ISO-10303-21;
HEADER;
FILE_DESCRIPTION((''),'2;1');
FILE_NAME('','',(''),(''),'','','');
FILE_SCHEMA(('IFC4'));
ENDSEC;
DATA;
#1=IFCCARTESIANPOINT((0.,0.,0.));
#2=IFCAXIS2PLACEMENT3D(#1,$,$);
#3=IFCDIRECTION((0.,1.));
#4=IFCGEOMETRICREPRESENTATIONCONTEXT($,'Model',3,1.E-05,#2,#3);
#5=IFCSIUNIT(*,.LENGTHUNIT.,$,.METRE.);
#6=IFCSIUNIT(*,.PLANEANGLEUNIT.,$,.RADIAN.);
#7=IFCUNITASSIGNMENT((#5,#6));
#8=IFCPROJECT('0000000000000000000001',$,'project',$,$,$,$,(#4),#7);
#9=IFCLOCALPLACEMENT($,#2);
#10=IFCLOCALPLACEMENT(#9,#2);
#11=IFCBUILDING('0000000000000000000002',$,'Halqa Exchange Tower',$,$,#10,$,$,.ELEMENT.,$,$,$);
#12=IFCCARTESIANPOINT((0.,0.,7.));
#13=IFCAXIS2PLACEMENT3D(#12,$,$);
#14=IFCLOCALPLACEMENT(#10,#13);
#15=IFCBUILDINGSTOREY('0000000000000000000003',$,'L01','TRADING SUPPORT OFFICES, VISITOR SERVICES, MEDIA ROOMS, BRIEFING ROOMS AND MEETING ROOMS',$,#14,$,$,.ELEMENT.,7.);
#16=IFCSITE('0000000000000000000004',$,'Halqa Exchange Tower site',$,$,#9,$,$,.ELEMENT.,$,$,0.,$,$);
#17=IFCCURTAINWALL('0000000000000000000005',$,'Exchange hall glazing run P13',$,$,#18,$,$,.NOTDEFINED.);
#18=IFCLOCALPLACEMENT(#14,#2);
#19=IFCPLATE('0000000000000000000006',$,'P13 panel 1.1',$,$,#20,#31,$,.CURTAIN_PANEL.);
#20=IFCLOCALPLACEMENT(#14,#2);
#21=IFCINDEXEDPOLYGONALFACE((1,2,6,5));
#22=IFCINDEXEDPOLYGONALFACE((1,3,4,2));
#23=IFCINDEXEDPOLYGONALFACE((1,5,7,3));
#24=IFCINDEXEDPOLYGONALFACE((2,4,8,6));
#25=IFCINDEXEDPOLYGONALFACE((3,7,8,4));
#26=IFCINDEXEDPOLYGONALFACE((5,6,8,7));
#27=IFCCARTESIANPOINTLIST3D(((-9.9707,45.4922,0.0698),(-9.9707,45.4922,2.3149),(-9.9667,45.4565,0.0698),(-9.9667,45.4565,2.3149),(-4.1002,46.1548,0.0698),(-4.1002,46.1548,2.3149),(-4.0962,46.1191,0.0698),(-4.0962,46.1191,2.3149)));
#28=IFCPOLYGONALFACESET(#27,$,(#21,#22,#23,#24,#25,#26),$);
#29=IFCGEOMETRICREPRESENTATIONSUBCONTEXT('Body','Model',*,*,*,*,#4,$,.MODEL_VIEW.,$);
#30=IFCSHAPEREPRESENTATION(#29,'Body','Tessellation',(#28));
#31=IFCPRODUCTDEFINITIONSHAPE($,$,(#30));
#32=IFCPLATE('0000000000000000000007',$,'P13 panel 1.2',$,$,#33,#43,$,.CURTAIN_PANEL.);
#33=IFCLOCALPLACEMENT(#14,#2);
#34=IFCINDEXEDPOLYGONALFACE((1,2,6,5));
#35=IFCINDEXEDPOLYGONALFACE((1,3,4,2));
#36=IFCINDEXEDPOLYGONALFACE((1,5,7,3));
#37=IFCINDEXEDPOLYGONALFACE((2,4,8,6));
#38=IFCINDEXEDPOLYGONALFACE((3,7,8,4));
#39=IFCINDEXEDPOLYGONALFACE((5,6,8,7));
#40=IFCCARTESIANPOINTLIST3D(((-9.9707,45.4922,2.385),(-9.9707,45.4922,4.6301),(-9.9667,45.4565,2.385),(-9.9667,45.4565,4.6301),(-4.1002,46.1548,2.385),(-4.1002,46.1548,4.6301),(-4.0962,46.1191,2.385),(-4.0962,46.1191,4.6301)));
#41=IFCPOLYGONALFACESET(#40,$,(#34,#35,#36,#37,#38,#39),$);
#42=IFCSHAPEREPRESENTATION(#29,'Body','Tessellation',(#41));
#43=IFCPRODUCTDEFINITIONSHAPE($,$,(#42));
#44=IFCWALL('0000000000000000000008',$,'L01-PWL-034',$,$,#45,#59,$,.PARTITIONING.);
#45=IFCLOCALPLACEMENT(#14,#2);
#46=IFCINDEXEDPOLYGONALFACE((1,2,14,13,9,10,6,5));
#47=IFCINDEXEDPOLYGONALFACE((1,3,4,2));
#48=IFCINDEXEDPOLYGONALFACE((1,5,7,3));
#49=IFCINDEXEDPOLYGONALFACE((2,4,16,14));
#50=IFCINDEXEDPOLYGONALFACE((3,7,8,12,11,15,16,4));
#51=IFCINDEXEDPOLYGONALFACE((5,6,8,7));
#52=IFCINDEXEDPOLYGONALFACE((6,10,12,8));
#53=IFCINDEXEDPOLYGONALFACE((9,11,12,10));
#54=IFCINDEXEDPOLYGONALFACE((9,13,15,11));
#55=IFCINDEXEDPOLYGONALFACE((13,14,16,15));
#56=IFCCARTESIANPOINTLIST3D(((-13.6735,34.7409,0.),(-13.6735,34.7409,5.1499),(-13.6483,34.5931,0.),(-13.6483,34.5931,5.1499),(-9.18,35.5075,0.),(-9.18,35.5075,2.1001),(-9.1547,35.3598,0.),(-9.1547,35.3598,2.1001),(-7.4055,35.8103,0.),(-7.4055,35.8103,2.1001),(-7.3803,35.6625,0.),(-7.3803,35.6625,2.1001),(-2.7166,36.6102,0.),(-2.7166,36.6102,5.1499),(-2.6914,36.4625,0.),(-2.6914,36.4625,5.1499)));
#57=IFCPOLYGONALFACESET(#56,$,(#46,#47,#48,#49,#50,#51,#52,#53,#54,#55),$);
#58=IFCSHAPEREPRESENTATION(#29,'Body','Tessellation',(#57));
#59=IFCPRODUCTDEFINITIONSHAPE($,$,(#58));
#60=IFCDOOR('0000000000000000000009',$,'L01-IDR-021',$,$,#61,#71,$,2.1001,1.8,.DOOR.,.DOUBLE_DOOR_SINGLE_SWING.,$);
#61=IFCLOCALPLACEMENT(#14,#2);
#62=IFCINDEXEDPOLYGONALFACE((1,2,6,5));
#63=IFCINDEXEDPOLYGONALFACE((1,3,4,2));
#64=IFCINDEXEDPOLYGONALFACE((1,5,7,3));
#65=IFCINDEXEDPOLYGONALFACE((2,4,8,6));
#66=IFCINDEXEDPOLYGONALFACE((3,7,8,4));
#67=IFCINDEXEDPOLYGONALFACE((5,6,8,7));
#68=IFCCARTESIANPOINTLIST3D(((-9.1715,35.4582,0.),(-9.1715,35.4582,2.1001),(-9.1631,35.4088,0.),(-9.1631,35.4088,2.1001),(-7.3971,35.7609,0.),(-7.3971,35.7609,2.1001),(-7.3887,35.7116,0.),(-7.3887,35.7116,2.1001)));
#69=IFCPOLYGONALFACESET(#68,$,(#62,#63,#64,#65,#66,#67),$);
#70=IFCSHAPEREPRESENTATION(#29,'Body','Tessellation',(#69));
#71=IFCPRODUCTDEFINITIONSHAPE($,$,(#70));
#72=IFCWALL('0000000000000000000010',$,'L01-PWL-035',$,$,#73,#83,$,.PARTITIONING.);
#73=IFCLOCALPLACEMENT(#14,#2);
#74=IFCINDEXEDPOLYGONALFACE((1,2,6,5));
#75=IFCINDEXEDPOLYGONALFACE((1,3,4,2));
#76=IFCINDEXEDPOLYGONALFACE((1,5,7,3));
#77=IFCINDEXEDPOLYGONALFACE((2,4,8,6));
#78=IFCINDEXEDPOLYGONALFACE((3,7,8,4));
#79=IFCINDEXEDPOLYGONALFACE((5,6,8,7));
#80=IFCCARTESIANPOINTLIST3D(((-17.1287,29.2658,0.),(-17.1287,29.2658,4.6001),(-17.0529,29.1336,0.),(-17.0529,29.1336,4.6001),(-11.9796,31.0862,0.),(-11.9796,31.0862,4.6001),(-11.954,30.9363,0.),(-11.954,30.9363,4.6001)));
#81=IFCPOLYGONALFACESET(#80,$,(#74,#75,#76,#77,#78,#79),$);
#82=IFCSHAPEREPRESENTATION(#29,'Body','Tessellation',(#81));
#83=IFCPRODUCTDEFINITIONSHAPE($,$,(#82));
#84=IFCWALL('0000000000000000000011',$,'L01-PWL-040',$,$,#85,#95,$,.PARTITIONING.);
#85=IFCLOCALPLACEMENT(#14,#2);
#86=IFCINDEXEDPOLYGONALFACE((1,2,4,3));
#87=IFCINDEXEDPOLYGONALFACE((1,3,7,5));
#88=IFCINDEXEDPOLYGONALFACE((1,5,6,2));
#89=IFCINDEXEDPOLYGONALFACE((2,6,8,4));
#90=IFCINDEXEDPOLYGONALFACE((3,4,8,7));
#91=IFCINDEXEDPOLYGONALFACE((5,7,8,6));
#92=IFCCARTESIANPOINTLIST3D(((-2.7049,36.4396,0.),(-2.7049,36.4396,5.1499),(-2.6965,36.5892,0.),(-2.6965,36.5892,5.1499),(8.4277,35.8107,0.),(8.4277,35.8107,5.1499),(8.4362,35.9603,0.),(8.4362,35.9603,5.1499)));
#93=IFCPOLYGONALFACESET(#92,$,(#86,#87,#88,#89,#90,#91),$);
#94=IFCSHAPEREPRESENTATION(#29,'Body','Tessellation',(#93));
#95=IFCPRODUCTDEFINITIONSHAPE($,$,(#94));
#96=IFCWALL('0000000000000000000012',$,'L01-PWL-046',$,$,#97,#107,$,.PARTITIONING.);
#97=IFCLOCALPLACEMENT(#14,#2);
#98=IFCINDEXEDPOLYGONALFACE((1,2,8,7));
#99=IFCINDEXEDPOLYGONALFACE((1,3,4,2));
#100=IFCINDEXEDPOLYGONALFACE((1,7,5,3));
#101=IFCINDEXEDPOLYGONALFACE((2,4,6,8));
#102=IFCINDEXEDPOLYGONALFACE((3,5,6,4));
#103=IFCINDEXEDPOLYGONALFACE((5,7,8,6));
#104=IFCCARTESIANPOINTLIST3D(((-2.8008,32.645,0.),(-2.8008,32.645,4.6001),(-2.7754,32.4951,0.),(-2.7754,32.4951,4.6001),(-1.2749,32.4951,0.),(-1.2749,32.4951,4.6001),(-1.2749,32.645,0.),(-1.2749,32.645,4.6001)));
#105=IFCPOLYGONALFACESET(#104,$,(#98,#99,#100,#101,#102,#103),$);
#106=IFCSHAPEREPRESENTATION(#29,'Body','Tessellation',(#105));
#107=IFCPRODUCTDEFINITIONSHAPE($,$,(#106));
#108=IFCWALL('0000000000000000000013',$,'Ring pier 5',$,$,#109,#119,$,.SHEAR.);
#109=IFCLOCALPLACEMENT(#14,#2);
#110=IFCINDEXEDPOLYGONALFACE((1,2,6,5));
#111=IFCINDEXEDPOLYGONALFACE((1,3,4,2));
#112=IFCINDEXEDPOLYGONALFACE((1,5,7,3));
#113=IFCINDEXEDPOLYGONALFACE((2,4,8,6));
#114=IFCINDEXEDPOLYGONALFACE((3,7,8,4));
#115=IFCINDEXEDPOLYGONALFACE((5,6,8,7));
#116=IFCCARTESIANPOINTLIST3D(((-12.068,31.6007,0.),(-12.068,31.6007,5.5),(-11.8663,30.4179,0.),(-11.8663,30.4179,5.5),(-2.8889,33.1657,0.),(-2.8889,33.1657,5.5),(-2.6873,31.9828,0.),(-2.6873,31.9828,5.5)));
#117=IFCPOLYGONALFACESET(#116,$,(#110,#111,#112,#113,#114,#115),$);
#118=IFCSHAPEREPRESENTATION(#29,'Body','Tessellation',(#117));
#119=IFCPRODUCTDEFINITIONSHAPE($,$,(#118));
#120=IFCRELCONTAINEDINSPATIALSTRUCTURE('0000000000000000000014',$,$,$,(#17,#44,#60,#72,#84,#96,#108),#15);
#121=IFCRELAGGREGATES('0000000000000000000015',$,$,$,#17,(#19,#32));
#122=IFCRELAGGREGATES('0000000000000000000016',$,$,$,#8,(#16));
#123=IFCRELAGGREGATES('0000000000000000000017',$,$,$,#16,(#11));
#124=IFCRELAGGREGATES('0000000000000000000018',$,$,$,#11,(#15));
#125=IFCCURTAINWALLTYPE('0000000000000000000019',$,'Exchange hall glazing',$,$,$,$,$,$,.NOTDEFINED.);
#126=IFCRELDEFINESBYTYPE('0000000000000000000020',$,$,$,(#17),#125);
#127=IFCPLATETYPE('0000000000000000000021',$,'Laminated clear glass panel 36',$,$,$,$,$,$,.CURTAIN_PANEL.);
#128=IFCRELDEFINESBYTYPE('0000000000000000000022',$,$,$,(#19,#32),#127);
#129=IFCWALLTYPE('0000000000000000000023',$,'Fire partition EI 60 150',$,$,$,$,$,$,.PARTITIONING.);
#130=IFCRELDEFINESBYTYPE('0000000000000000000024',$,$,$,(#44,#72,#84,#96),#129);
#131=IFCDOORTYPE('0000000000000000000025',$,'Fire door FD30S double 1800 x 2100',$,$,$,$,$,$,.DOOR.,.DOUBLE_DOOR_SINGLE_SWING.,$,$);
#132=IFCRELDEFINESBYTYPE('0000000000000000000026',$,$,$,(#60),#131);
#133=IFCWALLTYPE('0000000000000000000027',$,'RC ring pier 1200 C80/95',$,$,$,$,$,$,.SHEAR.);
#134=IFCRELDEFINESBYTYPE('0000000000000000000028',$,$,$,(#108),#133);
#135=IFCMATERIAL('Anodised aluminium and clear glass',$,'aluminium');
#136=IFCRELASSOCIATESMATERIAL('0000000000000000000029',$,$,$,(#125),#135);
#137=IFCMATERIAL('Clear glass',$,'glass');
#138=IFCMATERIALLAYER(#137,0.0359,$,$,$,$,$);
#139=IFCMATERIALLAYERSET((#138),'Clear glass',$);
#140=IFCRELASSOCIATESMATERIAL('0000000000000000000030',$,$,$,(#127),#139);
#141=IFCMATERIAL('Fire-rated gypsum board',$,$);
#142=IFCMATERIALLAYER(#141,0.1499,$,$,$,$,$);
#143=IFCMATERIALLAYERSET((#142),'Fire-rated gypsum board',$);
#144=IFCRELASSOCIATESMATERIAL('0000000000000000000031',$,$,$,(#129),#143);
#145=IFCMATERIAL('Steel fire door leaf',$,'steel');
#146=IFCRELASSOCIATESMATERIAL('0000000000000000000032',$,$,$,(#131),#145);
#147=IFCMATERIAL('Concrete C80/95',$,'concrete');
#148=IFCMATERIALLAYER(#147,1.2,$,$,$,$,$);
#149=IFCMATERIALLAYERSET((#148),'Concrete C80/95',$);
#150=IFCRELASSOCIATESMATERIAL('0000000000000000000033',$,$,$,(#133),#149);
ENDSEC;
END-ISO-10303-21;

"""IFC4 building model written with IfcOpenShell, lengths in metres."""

from ifc_helpers import new_model, si_unit, direction, frame, frame_2d, origin, origin_2d, place, context, subcontext, project, spatial, polyline, rectangle, outline, extrude, material, layer, layer_set, type_object, element, fill, aggregate, save


model = new_model("IFC4")

# Units and contexts
model_context = context("Model", 3, precision=1e-05, world=origin(), true_north=direction((0.0, 1.0)))
body_context = subcontext(model_context, "Body", "Model", "MODEL_VIEW")
ifc_project = project(units=[si_unit("LENGTHUNIT", "METRE"), si_unit("PLANEANGLEUNIT", "RADIAN")], contexts=[model_context])

# Site, building, storey
site_placement = place(None, origin())
site = spatial("IfcSite", under=ifc_project, at=site_placement, Name="Halqa Exchange Tower site", CompositionType="ELEMENT", RefElevation=0.0)
building_placement = place(site_placement, origin())
building = spatial("IfcBuilding", under=site, at=building_placement, Name="Halqa Exchange Tower", CompositionType="ELEMENT")
storey_placement = place(building_placement, frame((0.0, 0.0, 7.0)))
storey = spatial("IfcBuildingStorey", under=building, at=storey_placement, Name="L01", Description="TRADING SUPPORT OFFICES, VISITOR SERVICES, MEDIA ROOMS, BRIEFING ROOMS AND MEETING ROOMS", CompositionType="ELEMENT", Elevation=7.0)

# Shared definitions
ifc_material_1 = material(Name="Anodised aluminium and clear glass", Category="aluminium")
curtain_wall_type = type_object("IfcCurtainWallType", Name="Exchange hall glazing", PredefinedType="NOTDEFINED", material=ifc_material_1)

# Curtain wall
curtain_wall_1_placement = place(storey_placement, origin())
curtain_wall_1 = element("IfcCurtainWall", 1, at=curtain_wall_1_placement, inside=storey, type_object=curtain_wall_type, Name="Exchange hall glazing run P13", PredefinedType="NOTDEFINED")

# Plates
ifc_material_2 = material(Name="Clear glass", Category="glass")
ifc_layer_1 = layer(ifc_material_2, 0.0359)
ifc_layer_set_1 = layer_set([ifc_layer_1], Name="Clear glass")
plate_type = type_object("IfcPlateType", Name="Laminated clear glass panel 36", PredefinedType="CURTAIN_PANEL", material=ifc_layer_set_1)
plate_1_placement = place(storey_placement, frame((-7.0334, 45.8057, 0.0698), z_axis=(0.0, 0.0, 1.0), x_axis=(-0.99369, -0.112159, 0.0)))
plate_1 = element("IfcPlate", 2, at=plate_1_placement, type_object=plate_type, Name="P13 panel 1.1", PredefinedType="CURTAIN_PANEL", context=body_context, shape_type="SweptSolid", body=[
    extrude(rectangle(XDim=5.9077, YDim=0.0359, at=origin_2d()), origin(), (0.0, 0.0, 1.0), 2.2451),
])
plate_2_placement = place(storey_placement, frame((-7.0334, 45.8057, 2.385), z_axis=(0.0, 0.0, 1.0), x_axis=(-0.99369, -0.112159, 0.0)))
plate_2 = element("IfcPlate", 3, at=plate_2_placement, type_object=plate_type, Name="P13 panel 1.2", PredefinedType="CURTAIN_PANEL", context=body_context, shape_type="SweptSolid", body=[
    extrude(rectangle(XDim=5.9077, YDim=0.0359, at=origin_2d()), origin(), (0.0, 0.0, 1.0), 2.2451),
])
aggregate(curtain_wall_1, [plate_1, plate_2])

# Wall, opening, door
ifc_material_3 = material(Name="Fire-rated gypsum board")
ifc_layer_2 = layer(ifc_material_3, 0.1499)
ifc_layer_set_2 = layer_set([ifc_layer_2], Name="Fire-rated gypsum board")
wall_type_1 = type_object("IfcWallType", Name="Fire partition EI 60 150", PredefinedType="PARTITIONING", material=ifc_layer_set_2)
wall_1_placement = place(storey_placement, frame((-13.6609, 34.667, 0.0), z_axis=(0.0, 0.0, 1.0), x_axis=(0.985756, 0.16818, 0.0)))
wall_1 = element("IfcWall", 4, at=wall_1_placement, inside=storey, type_object=wall_type_1, Name="L01-PWL-034", PredefinedType="PARTITIONING", context=body_context, shape_type="SweptSolid", body=[
    extrude(rectangle(XDim=11.1152, YDim=0.1499, at=frame_2d((5.5576, 0.0))), origin(), (0.0, 0.0, 1.0), 5.1499),
])
opening_placement = place(wall_1_placement, frame((4.5586, 0.0, 0.0)))
opening = element("IfcOpeningElement", 5, at=opening_placement, cuts=wall_1, PredefinedType="OPENING", context=body_context, shape_type="SweptSolid", body=[
    extrude(rectangle(XDim=1.8, YDim=2.1001, at=frame_2d((0.8999, 1.05))), frame((0.0, 0.0869, 0.0), z_axis=(0.0, -1.0, 0.0), x_axis=(1.0, 0.0, 0.0)), (0.0, 0.0, 1.0), 0.1738),
])
ifc_material_4 = material(Name="Steel fire door leaf", Category="steel")
door_type = type_object("IfcDoorType", Name="Fire door FD30S double 1800 x 2100", OperationType="DOUBLE_DOOR_SINGLE_SWING", PredefinedType="DOOR", material=ifc_material_4)
door_placement = place(opening_placement, origin())
door = element("IfcDoor", 6, at=door_placement, inside=storey, type_object=door_type, Name="L01-IDR-021", OperationType="DOUBLE_DOOR_SINGLE_SWING", OverallHeight=2.1001, OverallWidth=1.8, PredefinedType="DOOR", context=body_context, shape_type="SweptSolid", body=[
    extrude(rectangle(XDim=1.8, YDim=2.1001, at=frame_2d((0.8999, 1.05))), frame((0.0, 0.0249, 0.0), z_axis=(0.0, -1.0, 0.0), x_axis=(1.0, 0.0, 0.0)), (0.0, 0.0, 1.0), 0.05),
])
fill(opening, door)

# Walls
wall_2_placement = place(storey_placement, frame((-11.9668, 31.0112, 0.0), z_axis=(0.0, 0.0, 1.0), x_axis=(-0.942814, -0.333318, 0.0)))
element("IfcWall", 7, at=wall_2_placement, inside=storey, type_object=wall_type_1, Name="L01-PWL-035", PredefinedType="PARTITIONING", context=body_context, shape_type="SweptSolid", body=[
    extrude(outline(polyline([(-0.0129, -0.075), (5.4485, -0.075), (5.4211, 0.075), (0.0129, 0.075), (-0.0129, -0.075)])), origin(), (0.0, 0.0, 1.0), 4.6001),
])
wall_3_placement = place(storey_placement, frame((-2.7007, 36.5144, 0.0), z_axis=(0.0, 0.0, 1.0), x_axis=(0.998408, -0.056403, 0.0)))
element("IfcWall", 8, at=wall_3_placement, inside=storey, type_object=wall_type_1, Name="L01-PWL-040", PredefinedType="PARTITIONING", context=body_context, shape_type="SweptSolid", body=[
    extrude(rectangle(XDim=11.1504, YDim=0.1499, at=frame_2d((5.5752, 0.0))), origin(), (0.0, 0.0, 1.0), 5.1499),
])
wall_4_placement = place(storey_placement, frame((-1.2749, 32.5701, 0.0), z_axis=(0.0, 0.0, 1.0), x_axis=(-1.0, 0.0, 0.0)))
element("IfcWall", 9, at=wall_4_placement, inside=storey, type_object=wall_type_1, Name="L01-PWL-046", PredefinedType="PARTITIONING", context=body_context, shape_type="SweptSolid", body=[
    extrude(outline(polyline([(0.0, -0.075), (1.5259, -0.075), (1.5005, 0.075), (0.0, 0.075), (0.0, -0.075)])), origin(), (0.0, 0.0, 1.0), 4.6001),
])
ifc_material_5 = material(Name="Concrete C80/95", Category="concrete")
ifc_layer_3 = layer(ifc_material_5, 1.2)
ifc_layer_set_3 = layer_set([ifc_layer_3], Name="Concrete C80/95")
wall_type_2 = type_object("IfcWallType", Name="RC ring pier 1200 C80/95", PredefinedType="SHEAR", material=ifc_layer_set_3)
wall_5_placement = place(storey_placement, frame((-2.7881, 32.5742, 0.0), z_axis=(0.0, 0.0, 1.0), x_axis=(-0.985776, -0.168063, 0.0)))
element("IfcWall", 10, at=wall_5_placement, inside=storey, type_object=wall_type_2, Name="Ring pier 5", PredefinedType="SHEAR", context=body_context, shape_type="SweptSolid", body=[
    extrude(rectangle(XDim=9.3115, YDim=1.2, at=frame_2d((4.6558, 0.0))), origin(), (0.0, 0.0, 1.0), 5.5),
])

save(model, "model.ifc")
